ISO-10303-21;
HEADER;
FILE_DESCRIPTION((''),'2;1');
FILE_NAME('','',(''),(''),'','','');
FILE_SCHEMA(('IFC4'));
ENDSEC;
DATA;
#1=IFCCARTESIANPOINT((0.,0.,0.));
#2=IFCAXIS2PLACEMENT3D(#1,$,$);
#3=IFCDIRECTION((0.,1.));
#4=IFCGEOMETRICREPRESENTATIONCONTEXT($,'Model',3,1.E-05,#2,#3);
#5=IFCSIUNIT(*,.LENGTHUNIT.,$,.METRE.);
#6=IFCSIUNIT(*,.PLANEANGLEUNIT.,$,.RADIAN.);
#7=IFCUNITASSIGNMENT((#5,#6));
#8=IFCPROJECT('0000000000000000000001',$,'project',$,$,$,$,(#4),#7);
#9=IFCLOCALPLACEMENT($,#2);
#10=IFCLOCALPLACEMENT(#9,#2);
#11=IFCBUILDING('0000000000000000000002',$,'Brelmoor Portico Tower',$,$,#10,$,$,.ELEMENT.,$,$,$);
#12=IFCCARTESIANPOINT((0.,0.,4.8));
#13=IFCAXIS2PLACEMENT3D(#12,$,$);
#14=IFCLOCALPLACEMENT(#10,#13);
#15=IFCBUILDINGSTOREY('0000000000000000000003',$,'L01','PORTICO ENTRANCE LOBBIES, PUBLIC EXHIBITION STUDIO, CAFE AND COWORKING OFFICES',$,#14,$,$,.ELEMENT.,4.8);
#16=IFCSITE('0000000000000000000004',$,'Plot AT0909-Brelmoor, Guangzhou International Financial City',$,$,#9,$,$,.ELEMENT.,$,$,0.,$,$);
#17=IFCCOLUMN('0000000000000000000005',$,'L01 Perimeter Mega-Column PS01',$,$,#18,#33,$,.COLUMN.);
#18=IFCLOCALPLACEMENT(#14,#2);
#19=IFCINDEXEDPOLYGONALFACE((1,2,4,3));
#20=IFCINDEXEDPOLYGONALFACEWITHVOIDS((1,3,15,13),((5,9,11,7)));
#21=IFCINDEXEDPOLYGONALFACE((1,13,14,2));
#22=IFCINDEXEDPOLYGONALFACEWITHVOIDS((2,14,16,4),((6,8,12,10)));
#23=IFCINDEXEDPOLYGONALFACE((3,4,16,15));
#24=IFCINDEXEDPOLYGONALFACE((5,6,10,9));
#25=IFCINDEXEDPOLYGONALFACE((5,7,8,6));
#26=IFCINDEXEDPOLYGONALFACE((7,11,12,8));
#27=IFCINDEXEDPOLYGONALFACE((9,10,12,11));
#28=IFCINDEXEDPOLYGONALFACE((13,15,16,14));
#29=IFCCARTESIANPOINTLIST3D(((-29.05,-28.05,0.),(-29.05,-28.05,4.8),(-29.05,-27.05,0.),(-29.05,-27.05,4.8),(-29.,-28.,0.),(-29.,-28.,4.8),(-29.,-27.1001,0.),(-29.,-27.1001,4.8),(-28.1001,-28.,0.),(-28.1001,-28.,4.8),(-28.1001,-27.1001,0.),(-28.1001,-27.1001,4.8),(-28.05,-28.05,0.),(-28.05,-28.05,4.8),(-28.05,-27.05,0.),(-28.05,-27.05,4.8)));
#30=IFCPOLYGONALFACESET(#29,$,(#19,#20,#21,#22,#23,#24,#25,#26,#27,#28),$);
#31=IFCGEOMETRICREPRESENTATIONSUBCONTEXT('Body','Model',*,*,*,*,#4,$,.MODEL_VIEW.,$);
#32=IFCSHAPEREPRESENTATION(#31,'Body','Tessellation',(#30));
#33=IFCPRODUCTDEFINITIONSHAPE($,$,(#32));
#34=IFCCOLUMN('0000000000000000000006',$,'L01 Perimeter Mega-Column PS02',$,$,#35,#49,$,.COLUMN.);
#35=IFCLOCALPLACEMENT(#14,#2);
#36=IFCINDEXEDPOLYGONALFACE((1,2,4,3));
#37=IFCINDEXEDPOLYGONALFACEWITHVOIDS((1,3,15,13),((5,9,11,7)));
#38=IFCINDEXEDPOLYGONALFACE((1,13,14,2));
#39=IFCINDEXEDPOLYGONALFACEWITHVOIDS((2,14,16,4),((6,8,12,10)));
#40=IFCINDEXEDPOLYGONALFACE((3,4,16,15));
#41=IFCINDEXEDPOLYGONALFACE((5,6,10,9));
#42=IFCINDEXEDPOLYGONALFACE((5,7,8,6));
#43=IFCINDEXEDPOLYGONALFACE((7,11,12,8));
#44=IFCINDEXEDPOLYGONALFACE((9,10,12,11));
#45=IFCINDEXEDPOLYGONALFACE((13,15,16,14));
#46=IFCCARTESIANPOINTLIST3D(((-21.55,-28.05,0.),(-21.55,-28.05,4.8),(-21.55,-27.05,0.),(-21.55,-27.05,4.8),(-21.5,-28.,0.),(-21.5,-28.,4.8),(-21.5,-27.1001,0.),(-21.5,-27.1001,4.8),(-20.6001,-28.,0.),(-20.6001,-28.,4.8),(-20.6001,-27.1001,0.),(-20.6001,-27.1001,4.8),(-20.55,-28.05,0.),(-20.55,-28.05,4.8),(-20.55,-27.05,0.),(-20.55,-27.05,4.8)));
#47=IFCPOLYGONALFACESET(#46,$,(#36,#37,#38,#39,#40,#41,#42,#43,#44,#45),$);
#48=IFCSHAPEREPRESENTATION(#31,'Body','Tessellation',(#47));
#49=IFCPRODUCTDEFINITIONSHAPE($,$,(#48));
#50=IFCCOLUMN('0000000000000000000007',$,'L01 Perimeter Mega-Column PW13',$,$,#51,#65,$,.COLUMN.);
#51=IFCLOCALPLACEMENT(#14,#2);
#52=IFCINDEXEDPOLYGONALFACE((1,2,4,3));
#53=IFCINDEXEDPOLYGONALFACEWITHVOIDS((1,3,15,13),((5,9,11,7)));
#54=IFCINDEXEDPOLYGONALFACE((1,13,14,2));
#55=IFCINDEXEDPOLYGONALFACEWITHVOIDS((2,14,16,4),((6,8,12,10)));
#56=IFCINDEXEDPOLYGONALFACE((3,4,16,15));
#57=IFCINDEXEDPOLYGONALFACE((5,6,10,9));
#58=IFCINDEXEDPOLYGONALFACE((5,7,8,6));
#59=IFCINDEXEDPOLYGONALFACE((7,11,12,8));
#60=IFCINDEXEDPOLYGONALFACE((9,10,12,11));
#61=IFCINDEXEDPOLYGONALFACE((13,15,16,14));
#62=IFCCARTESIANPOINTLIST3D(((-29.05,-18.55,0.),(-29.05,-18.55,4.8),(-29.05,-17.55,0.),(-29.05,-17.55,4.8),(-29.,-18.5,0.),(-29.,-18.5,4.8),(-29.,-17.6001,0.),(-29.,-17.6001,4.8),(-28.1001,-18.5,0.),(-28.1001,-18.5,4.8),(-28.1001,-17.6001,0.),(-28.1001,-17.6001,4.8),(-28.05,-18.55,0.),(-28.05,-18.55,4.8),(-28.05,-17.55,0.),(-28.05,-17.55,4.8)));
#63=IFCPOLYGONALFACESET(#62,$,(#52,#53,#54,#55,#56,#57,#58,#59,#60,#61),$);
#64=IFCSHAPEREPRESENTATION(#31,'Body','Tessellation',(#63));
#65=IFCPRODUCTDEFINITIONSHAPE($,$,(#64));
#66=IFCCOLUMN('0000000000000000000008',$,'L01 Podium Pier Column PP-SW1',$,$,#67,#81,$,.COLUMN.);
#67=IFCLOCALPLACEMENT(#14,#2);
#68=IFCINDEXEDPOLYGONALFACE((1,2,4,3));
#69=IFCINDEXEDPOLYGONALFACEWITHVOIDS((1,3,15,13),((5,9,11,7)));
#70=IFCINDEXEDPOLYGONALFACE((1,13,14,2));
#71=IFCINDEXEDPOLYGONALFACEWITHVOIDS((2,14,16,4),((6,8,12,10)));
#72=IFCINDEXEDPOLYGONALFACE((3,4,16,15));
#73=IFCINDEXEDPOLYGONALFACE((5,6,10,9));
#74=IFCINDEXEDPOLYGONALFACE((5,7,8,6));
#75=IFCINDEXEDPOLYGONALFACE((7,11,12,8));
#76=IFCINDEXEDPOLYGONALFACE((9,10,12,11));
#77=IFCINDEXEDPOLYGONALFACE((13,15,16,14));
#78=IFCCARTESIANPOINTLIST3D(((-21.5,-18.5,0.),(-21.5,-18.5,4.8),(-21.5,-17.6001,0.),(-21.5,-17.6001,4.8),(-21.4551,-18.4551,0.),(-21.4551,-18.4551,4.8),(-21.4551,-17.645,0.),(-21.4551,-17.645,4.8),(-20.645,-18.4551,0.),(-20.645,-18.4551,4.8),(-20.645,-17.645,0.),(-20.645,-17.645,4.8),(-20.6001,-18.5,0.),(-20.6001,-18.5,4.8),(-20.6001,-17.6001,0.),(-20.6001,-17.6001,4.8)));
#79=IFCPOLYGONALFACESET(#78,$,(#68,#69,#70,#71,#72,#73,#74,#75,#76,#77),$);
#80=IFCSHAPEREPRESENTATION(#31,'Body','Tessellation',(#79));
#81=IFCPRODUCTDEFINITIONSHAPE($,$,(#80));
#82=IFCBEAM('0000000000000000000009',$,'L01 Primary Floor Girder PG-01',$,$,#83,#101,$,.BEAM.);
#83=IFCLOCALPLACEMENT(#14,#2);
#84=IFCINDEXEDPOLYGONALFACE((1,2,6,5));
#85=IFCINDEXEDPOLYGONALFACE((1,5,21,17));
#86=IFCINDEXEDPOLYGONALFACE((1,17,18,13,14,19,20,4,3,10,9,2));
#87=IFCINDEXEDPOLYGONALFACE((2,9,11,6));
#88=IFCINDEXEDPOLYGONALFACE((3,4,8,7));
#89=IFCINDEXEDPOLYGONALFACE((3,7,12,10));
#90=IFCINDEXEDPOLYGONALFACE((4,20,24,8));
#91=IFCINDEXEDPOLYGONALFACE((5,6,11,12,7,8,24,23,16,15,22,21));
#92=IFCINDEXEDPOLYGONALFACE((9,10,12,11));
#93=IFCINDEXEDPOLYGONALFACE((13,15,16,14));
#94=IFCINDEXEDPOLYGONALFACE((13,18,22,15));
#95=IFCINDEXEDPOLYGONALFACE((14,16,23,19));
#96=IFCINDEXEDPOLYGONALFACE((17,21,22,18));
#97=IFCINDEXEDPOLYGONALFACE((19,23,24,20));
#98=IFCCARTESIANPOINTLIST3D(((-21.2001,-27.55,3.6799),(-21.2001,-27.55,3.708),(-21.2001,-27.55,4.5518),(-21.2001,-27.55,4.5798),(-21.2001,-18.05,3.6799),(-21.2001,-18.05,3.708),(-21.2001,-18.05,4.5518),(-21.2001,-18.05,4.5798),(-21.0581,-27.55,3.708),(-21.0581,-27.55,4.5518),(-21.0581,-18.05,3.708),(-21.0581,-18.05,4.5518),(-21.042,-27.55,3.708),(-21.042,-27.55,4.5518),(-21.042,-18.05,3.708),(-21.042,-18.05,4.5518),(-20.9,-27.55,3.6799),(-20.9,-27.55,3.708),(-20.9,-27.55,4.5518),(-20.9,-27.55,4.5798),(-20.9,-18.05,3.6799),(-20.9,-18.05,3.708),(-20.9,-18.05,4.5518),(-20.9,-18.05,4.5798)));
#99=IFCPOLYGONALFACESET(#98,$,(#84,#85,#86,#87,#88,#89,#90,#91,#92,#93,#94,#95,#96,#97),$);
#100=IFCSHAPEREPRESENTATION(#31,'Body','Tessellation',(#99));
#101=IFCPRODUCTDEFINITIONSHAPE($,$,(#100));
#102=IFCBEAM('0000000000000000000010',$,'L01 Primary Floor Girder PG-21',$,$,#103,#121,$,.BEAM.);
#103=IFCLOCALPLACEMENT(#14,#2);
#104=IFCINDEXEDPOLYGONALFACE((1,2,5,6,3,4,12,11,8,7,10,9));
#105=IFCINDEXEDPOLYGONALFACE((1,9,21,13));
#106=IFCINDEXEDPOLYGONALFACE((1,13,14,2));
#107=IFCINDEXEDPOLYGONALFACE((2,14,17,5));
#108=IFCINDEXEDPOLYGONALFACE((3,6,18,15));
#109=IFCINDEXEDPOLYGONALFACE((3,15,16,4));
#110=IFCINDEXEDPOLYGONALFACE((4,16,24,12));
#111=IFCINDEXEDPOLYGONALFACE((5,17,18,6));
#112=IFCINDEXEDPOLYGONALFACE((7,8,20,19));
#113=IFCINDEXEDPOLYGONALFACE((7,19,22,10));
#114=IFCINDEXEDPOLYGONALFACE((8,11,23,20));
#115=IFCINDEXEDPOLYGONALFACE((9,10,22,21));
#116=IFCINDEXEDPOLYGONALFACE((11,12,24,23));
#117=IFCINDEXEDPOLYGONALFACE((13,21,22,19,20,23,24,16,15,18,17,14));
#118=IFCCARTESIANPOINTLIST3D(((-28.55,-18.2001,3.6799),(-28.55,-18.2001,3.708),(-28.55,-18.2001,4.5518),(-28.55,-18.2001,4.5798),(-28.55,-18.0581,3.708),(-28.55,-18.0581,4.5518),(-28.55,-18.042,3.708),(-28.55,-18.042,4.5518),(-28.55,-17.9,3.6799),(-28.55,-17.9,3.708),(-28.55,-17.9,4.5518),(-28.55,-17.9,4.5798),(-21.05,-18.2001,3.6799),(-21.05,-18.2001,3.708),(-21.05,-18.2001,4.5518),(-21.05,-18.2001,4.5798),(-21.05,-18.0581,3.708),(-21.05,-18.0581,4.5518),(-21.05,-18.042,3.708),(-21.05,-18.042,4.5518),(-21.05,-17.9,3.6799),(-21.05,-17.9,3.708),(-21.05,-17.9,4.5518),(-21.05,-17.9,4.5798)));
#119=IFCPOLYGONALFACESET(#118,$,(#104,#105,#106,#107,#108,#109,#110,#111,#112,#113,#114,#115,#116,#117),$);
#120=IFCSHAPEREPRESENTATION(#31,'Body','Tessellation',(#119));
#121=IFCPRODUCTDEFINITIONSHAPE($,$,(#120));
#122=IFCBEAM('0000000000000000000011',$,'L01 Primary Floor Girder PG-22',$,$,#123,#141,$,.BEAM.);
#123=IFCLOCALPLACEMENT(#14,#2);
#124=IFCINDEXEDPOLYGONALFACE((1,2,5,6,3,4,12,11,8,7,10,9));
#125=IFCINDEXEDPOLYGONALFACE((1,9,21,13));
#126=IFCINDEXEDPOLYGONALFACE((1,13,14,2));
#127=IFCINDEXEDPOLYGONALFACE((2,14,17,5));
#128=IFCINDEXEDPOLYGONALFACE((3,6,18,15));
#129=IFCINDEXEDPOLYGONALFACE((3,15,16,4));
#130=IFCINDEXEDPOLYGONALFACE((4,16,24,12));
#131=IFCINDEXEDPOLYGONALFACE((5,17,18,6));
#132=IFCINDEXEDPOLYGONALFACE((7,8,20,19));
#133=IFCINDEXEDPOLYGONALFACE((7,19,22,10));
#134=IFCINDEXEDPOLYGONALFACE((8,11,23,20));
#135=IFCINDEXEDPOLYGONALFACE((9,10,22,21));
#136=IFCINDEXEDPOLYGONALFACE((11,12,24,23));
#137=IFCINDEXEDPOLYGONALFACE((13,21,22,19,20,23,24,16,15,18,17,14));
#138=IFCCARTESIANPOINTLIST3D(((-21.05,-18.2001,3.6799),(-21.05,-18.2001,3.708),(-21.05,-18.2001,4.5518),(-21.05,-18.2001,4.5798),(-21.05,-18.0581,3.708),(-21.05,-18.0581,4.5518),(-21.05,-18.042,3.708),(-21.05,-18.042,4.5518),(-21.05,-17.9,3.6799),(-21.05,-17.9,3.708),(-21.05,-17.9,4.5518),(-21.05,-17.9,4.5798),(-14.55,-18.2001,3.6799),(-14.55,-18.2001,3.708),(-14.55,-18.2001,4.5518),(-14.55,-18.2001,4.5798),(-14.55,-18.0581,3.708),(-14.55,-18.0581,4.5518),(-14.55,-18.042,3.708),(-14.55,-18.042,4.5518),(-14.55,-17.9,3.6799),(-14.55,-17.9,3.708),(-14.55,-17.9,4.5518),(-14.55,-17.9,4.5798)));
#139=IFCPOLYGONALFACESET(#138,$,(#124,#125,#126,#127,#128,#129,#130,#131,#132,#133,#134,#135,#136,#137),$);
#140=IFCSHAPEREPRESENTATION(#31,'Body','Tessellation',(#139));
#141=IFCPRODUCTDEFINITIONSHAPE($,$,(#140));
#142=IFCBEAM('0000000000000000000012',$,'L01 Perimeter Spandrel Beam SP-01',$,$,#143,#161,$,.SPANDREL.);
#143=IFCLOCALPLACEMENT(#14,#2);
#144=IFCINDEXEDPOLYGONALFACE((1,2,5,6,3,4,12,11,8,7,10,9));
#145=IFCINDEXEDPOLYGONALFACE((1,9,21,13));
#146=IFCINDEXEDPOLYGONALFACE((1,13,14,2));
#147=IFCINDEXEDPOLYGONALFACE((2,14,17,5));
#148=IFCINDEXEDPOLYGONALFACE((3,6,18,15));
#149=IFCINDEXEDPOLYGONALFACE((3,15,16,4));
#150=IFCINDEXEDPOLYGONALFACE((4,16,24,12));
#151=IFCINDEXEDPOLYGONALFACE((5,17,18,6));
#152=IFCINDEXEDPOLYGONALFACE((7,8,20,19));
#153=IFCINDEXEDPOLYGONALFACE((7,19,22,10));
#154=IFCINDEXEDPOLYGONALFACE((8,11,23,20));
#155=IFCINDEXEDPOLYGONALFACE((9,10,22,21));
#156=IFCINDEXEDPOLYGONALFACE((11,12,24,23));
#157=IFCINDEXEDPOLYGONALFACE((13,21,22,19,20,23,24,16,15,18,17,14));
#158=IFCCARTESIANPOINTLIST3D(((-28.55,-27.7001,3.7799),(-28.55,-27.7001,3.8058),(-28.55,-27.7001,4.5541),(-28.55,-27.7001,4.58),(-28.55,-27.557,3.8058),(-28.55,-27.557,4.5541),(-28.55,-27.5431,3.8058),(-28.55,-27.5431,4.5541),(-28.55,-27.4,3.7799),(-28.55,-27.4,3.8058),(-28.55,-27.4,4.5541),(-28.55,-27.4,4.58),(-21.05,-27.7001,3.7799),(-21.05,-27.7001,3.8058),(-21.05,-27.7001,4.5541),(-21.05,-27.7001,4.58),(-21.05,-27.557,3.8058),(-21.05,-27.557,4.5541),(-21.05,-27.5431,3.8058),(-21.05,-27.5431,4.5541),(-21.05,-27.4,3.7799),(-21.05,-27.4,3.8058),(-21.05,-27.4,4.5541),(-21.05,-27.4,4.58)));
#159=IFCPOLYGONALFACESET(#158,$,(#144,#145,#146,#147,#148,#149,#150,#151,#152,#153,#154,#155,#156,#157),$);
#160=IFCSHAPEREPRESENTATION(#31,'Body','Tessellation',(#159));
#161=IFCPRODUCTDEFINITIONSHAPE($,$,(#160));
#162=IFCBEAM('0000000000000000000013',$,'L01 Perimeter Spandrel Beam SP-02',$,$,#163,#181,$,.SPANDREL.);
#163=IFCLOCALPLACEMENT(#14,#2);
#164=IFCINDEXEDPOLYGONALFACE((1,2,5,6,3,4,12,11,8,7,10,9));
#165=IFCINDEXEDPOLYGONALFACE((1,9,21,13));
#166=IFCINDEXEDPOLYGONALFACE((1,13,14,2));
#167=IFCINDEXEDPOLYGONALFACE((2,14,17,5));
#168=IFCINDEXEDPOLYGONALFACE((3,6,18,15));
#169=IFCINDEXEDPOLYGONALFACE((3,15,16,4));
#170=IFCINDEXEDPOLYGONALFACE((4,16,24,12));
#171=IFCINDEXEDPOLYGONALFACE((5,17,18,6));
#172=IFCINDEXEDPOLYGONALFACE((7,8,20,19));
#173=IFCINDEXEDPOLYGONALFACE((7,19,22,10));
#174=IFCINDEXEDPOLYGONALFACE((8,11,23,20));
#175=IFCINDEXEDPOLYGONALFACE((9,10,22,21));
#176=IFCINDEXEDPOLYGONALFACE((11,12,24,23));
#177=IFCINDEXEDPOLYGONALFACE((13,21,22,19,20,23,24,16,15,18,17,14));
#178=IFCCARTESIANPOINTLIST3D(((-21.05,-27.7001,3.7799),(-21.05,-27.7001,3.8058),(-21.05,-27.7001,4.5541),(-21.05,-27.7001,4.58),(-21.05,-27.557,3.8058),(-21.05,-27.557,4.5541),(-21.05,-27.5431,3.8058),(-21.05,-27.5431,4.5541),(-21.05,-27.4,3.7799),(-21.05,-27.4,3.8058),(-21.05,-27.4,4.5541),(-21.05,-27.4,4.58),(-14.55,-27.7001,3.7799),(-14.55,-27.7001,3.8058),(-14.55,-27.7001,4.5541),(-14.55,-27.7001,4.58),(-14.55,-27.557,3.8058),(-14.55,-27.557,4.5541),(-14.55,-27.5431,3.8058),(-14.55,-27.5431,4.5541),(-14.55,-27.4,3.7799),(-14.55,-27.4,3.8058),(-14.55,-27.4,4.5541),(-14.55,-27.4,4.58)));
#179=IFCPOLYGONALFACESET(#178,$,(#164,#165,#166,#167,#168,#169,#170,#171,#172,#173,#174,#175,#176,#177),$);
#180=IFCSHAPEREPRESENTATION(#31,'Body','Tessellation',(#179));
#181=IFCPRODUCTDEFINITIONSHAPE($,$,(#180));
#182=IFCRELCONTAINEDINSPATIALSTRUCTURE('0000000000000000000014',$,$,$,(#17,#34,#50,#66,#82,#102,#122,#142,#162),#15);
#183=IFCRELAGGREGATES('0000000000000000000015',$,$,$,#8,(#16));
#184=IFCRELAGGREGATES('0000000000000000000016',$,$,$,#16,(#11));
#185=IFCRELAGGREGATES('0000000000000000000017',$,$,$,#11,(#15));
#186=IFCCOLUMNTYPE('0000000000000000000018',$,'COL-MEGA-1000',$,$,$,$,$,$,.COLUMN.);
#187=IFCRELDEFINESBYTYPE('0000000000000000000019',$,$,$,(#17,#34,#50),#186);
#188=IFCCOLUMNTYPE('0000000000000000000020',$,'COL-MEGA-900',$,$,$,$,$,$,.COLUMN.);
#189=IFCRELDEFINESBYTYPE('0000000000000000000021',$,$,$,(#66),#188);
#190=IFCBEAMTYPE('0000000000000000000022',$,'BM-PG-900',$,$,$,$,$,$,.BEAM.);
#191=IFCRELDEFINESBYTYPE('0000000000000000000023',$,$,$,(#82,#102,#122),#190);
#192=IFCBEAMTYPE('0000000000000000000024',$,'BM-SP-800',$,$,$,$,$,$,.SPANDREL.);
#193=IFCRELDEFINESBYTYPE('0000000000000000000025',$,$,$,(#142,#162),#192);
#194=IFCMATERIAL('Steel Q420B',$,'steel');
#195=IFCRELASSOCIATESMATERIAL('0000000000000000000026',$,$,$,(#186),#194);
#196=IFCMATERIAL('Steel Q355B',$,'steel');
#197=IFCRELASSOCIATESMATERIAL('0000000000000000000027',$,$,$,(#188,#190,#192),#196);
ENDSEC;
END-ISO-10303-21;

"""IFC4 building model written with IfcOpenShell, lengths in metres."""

from ifc_helpers import new_model, si_unit, direction, frame, origin, origin_2d, place, context, subcontext, project, spatial, hollow_rectangle, i_section, extrude, material, material_profile, profile_set, type_object, element, save


model = new_model("IFC4")

# Units and contexts
model_context = context("Model", 3, precision=1e-05, world=origin(), true_north=direction((0.0, 1.0)))
body_context = subcontext(model_context, "Body", "Model", "MODEL_VIEW")
ifc_project = project(units=[si_unit("LENGTHUNIT", "METRE"), si_unit("PLANEANGLEUNIT", "RADIAN")], contexts=[model_context])

# Site, building, storey
site_placement = place(None, origin())
site = spatial("IfcSite", under=ifc_project, at=site_placement, Name="Plot AT0909-Brelmoor, Guangzhou International Financial City", CompositionType="ELEMENT", RefElevation=0.0)
building_placement = place(site_placement, origin())
building = spatial("IfcBuilding", under=site, at=building_placement, Name="Brelmoor Portico Tower", CompositionType="ELEMENT")
storey_placement = place(building_placement, frame((0.0, 0.0, 4.8)))
storey = spatial("IfcBuildingStorey", under=building, at=storey_placement, Name="L01", Description="PORTICO ENTRANCE LOBBIES, PUBLIC EXHIBITION STUDIO, CAFE AND COWORKING OFFICES", CompositionType="ELEMENT", Elevation=4.8)

# Columns
ifc_material_1 = material(Name="Steel Q420B", Category="steel")
ifc_material_profile_1 = material_profile(ifc_material_1, hollow_rectangle(XDim=1.0, YDim=1.0, WallThickness=0.05, at=origin_2d()), Name="BOX 1000x1000x50")
ifc_profile_set_1 = profile_set([ifc_material_profile_1], Name="Steel Q420B")
column_type_1 = type_object("IfcColumnType", Name="COL-MEGA-1000", PredefinedType="COLUMN", material=ifc_profile_set_1)
for number, where, z_axis, x_axis, name in (
    (1, (-28.55, -27.55, 0.0), (0.0, 0.0, 1.0), (1.0, 0.0, 0.0), "L01 Perimeter Mega-Column PS01"),
    (2, (-21.05, -27.55, 0.0), (0.0, 0.0, 1.0), (1.0, 0.0, 0.0), "L01 Perimeter Mega-Column PS02"),
    (3, (-28.55, -18.05, 0.0), (0.0, 0.0, 1.0), (0.0, 1.0, 0.0), "L01 Perimeter Mega-Column PW13"),
):
    element("IfcColumn", number, at=place(storey_placement, frame(where, z_axis=z_axis, x_axis=x_axis)), inside=storey, type_object=column_type_1, Name=name, PredefinedType="COLUMN", context=body_context, shape_type="SweptSolid", body=[
        extrude(hollow_rectangle(XDim=1.0, YDim=1.0, WallThickness=0.05, at=origin_2d()), origin(), (0.0, 0.0, 1.0), 4.8),
    ])
ifc_material_2 = material(Name="Steel Q355B", Category="steel")
ifc_material_profile_2 = material_profile(ifc_material_2, hollow_rectangle(XDim=0.8999, YDim=0.8999, WallThickness=0.0449, at=origin_2d()), Name="BOX 900x900x45")
ifc_profile_set_2 = profile_set([ifc_material_profile_2], Name="Steel Q355B")
column_type_2 = type_object("IfcColumnType", Name="COL-MEGA-900", PredefinedType="COLUMN", material=ifc_profile_set_2)
column_placement = place(storey_placement, frame((-21.05, -18.05, 0.0), z_axis=(0.0, 0.0, 1.0), x_axis=(1.0, 0.0, 0.0)))
element("IfcColumn", 4, at=column_placement, inside=storey, type_object=column_type_2, Name="L01 Podium Pier Column PP-SW1", PredefinedType="COLUMN", context=body_context, shape_type="SweptSolid", body=[
    extrude(hollow_rectangle(XDim=0.8999, YDim=0.8999, WallThickness=0.0449, at=origin_2d()), origin(), (0.0, 0.0, 1.0), 4.8),
])

# Beams
ifc_material_profile_3 = material_profile(ifc_material_2, i_section(OverallWidth=0.3, OverallDepth=0.8999, WebThickness=0.0161, FlangeThickness=0.0281, at=origin_2d()), Name="HN 900x300x16x28")
ifc_profile_set_3 = profile_set([ifc_material_profile_3], Name="Steel Q355B")
beam_type_1 = type_object("IfcBeamType", Name="BM-PG-900", PredefinedType="BEAM", material=ifc_profile_set_3)
beam_1_placement = place(storey_placement, frame((-21.05, -27.55, 4.1299), z_axis=(0.0, 1.0, 0.0), x_axis=(-1.0, 0.0, 0.0)))
element("IfcBeam", 5, at=beam_1_placement, inside=storey, type_object=beam_type_1, Name="L01 Primary Floor Girder PG-01", PredefinedType="BEAM", context=body_context, shape_type="SweptSolid", body=[
    extrude(i_section(OverallWidth=0.3, OverallDepth=0.8999, WebThickness=0.0161, FlangeThickness=0.0281, at=origin_2d()), origin(), (0.0, 0.0, 1.0), 9.5),
])
beam_2_placement = place(storey_placement, frame((-28.55, -18.05, 4.1299), z_axis=(1.0, 0.0, 0.0), x_axis=(0.0, 1.0, 0.0)))
element("IfcBeam", 6, at=beam_2_placement, inside=storey, type_object=beam_type_1, Name="L01 Primary Floor Girder PG-21", PredefinedType="BEAM", context=body_context, shape_type="SweptSolid", body=[
    extrude(i_section(OverallWidth=0.3, OverallDepth=0.8999, WebThickness=0.0161, FlangeThickness=0.0281, at=origin_2d()), origin(), (0.0, 0.0, 1.0), 7.5),
])
beam_3_placement = place(storey_placement, frame((-21.05, -18.05, 4.1299), z_axis=(1.0, 0.0, 0.0), x_axis=(0.0, 1.0, 0.0)))
element("IfcBeam", 7, at=beam_3_placement, inside=storey, type_object=beam_type_1, Name="L01 Primary Floor Girder PG-22", PredefinedType="BEAM", context=body_context, shape_type="SweptSolid", body=[
    extrude(i_section(OverallWidth=0.3, OverallDepth=0.8999, WebThickness=0.0161, FlangeThickness=0.0281, at=origin_2d()), origin(), (0.0, 0.0, 1.0), 6.5),
])
ifc_material_profile_4 = material_profile(ifc_material_2, i_section(OverallWidth=0.3, OverallDepth=0.8, WebThickness=0.0139, FlangeThickness=0.0259, at=origin_2d()), Name="HN 800x300x14x26")
ifc_profile_set_4 = profile_set([ifc_material_profile_4], Name="Steel Q355B")
beam_type_2 = type_object("IfcBeamType", Name="BM-SP-800", PredefinedType="SPANDREL", material=ifc_profile_set_4)
beam_4_placement = place(storey_placement, frame((-28.55, -27.55, 4.1799), z_axis=(1.0, 0.0, 0.0), x_axis=(0.0, 1.0, 0.0)))
element("IfcBeam", 8, at=beam_4_placement, inside=storey, type_object=beam_type_2, Name="L01 Perimeter Spandrel Beam SP-01", PredefinedType="SPANDREL", context=body_context, shape_type="SweptSolid", body=[
    extrude(i_section(OverallWidth=0.3, OverallDepth=0.8, WebThickness=0.0139, FlangeThickness=0.0259, at=origin_2d()), origin(), (0.0, 0.0, 1.0), 7.5),
])
beam_5_placement = place(storey_placement, frame((-21.05, -27.55, 4.1799), z_axis=(1.0, 0.0, 0.0), x_axis=(0.0, 1.0, 0.0)))
element("IfcBeam", 9, at=beam_5_placement, inside=storey, type_object=beam_type_2, Name="L01 Perimeter Spandrel Beam SP-02", PredefinedType="SPANDREL", context=body_context, shape_type="SweptSolid", body=[
    extrude(i_section(OverallWidth=0.3, OverallDepth=0.8, WebThickness=0.0139, FlangeThickness=0.0259, at=origin_2d()), origin(), (0.0, 0.0, 1.0), 6.5),
])

save(model, "model.ifc")
